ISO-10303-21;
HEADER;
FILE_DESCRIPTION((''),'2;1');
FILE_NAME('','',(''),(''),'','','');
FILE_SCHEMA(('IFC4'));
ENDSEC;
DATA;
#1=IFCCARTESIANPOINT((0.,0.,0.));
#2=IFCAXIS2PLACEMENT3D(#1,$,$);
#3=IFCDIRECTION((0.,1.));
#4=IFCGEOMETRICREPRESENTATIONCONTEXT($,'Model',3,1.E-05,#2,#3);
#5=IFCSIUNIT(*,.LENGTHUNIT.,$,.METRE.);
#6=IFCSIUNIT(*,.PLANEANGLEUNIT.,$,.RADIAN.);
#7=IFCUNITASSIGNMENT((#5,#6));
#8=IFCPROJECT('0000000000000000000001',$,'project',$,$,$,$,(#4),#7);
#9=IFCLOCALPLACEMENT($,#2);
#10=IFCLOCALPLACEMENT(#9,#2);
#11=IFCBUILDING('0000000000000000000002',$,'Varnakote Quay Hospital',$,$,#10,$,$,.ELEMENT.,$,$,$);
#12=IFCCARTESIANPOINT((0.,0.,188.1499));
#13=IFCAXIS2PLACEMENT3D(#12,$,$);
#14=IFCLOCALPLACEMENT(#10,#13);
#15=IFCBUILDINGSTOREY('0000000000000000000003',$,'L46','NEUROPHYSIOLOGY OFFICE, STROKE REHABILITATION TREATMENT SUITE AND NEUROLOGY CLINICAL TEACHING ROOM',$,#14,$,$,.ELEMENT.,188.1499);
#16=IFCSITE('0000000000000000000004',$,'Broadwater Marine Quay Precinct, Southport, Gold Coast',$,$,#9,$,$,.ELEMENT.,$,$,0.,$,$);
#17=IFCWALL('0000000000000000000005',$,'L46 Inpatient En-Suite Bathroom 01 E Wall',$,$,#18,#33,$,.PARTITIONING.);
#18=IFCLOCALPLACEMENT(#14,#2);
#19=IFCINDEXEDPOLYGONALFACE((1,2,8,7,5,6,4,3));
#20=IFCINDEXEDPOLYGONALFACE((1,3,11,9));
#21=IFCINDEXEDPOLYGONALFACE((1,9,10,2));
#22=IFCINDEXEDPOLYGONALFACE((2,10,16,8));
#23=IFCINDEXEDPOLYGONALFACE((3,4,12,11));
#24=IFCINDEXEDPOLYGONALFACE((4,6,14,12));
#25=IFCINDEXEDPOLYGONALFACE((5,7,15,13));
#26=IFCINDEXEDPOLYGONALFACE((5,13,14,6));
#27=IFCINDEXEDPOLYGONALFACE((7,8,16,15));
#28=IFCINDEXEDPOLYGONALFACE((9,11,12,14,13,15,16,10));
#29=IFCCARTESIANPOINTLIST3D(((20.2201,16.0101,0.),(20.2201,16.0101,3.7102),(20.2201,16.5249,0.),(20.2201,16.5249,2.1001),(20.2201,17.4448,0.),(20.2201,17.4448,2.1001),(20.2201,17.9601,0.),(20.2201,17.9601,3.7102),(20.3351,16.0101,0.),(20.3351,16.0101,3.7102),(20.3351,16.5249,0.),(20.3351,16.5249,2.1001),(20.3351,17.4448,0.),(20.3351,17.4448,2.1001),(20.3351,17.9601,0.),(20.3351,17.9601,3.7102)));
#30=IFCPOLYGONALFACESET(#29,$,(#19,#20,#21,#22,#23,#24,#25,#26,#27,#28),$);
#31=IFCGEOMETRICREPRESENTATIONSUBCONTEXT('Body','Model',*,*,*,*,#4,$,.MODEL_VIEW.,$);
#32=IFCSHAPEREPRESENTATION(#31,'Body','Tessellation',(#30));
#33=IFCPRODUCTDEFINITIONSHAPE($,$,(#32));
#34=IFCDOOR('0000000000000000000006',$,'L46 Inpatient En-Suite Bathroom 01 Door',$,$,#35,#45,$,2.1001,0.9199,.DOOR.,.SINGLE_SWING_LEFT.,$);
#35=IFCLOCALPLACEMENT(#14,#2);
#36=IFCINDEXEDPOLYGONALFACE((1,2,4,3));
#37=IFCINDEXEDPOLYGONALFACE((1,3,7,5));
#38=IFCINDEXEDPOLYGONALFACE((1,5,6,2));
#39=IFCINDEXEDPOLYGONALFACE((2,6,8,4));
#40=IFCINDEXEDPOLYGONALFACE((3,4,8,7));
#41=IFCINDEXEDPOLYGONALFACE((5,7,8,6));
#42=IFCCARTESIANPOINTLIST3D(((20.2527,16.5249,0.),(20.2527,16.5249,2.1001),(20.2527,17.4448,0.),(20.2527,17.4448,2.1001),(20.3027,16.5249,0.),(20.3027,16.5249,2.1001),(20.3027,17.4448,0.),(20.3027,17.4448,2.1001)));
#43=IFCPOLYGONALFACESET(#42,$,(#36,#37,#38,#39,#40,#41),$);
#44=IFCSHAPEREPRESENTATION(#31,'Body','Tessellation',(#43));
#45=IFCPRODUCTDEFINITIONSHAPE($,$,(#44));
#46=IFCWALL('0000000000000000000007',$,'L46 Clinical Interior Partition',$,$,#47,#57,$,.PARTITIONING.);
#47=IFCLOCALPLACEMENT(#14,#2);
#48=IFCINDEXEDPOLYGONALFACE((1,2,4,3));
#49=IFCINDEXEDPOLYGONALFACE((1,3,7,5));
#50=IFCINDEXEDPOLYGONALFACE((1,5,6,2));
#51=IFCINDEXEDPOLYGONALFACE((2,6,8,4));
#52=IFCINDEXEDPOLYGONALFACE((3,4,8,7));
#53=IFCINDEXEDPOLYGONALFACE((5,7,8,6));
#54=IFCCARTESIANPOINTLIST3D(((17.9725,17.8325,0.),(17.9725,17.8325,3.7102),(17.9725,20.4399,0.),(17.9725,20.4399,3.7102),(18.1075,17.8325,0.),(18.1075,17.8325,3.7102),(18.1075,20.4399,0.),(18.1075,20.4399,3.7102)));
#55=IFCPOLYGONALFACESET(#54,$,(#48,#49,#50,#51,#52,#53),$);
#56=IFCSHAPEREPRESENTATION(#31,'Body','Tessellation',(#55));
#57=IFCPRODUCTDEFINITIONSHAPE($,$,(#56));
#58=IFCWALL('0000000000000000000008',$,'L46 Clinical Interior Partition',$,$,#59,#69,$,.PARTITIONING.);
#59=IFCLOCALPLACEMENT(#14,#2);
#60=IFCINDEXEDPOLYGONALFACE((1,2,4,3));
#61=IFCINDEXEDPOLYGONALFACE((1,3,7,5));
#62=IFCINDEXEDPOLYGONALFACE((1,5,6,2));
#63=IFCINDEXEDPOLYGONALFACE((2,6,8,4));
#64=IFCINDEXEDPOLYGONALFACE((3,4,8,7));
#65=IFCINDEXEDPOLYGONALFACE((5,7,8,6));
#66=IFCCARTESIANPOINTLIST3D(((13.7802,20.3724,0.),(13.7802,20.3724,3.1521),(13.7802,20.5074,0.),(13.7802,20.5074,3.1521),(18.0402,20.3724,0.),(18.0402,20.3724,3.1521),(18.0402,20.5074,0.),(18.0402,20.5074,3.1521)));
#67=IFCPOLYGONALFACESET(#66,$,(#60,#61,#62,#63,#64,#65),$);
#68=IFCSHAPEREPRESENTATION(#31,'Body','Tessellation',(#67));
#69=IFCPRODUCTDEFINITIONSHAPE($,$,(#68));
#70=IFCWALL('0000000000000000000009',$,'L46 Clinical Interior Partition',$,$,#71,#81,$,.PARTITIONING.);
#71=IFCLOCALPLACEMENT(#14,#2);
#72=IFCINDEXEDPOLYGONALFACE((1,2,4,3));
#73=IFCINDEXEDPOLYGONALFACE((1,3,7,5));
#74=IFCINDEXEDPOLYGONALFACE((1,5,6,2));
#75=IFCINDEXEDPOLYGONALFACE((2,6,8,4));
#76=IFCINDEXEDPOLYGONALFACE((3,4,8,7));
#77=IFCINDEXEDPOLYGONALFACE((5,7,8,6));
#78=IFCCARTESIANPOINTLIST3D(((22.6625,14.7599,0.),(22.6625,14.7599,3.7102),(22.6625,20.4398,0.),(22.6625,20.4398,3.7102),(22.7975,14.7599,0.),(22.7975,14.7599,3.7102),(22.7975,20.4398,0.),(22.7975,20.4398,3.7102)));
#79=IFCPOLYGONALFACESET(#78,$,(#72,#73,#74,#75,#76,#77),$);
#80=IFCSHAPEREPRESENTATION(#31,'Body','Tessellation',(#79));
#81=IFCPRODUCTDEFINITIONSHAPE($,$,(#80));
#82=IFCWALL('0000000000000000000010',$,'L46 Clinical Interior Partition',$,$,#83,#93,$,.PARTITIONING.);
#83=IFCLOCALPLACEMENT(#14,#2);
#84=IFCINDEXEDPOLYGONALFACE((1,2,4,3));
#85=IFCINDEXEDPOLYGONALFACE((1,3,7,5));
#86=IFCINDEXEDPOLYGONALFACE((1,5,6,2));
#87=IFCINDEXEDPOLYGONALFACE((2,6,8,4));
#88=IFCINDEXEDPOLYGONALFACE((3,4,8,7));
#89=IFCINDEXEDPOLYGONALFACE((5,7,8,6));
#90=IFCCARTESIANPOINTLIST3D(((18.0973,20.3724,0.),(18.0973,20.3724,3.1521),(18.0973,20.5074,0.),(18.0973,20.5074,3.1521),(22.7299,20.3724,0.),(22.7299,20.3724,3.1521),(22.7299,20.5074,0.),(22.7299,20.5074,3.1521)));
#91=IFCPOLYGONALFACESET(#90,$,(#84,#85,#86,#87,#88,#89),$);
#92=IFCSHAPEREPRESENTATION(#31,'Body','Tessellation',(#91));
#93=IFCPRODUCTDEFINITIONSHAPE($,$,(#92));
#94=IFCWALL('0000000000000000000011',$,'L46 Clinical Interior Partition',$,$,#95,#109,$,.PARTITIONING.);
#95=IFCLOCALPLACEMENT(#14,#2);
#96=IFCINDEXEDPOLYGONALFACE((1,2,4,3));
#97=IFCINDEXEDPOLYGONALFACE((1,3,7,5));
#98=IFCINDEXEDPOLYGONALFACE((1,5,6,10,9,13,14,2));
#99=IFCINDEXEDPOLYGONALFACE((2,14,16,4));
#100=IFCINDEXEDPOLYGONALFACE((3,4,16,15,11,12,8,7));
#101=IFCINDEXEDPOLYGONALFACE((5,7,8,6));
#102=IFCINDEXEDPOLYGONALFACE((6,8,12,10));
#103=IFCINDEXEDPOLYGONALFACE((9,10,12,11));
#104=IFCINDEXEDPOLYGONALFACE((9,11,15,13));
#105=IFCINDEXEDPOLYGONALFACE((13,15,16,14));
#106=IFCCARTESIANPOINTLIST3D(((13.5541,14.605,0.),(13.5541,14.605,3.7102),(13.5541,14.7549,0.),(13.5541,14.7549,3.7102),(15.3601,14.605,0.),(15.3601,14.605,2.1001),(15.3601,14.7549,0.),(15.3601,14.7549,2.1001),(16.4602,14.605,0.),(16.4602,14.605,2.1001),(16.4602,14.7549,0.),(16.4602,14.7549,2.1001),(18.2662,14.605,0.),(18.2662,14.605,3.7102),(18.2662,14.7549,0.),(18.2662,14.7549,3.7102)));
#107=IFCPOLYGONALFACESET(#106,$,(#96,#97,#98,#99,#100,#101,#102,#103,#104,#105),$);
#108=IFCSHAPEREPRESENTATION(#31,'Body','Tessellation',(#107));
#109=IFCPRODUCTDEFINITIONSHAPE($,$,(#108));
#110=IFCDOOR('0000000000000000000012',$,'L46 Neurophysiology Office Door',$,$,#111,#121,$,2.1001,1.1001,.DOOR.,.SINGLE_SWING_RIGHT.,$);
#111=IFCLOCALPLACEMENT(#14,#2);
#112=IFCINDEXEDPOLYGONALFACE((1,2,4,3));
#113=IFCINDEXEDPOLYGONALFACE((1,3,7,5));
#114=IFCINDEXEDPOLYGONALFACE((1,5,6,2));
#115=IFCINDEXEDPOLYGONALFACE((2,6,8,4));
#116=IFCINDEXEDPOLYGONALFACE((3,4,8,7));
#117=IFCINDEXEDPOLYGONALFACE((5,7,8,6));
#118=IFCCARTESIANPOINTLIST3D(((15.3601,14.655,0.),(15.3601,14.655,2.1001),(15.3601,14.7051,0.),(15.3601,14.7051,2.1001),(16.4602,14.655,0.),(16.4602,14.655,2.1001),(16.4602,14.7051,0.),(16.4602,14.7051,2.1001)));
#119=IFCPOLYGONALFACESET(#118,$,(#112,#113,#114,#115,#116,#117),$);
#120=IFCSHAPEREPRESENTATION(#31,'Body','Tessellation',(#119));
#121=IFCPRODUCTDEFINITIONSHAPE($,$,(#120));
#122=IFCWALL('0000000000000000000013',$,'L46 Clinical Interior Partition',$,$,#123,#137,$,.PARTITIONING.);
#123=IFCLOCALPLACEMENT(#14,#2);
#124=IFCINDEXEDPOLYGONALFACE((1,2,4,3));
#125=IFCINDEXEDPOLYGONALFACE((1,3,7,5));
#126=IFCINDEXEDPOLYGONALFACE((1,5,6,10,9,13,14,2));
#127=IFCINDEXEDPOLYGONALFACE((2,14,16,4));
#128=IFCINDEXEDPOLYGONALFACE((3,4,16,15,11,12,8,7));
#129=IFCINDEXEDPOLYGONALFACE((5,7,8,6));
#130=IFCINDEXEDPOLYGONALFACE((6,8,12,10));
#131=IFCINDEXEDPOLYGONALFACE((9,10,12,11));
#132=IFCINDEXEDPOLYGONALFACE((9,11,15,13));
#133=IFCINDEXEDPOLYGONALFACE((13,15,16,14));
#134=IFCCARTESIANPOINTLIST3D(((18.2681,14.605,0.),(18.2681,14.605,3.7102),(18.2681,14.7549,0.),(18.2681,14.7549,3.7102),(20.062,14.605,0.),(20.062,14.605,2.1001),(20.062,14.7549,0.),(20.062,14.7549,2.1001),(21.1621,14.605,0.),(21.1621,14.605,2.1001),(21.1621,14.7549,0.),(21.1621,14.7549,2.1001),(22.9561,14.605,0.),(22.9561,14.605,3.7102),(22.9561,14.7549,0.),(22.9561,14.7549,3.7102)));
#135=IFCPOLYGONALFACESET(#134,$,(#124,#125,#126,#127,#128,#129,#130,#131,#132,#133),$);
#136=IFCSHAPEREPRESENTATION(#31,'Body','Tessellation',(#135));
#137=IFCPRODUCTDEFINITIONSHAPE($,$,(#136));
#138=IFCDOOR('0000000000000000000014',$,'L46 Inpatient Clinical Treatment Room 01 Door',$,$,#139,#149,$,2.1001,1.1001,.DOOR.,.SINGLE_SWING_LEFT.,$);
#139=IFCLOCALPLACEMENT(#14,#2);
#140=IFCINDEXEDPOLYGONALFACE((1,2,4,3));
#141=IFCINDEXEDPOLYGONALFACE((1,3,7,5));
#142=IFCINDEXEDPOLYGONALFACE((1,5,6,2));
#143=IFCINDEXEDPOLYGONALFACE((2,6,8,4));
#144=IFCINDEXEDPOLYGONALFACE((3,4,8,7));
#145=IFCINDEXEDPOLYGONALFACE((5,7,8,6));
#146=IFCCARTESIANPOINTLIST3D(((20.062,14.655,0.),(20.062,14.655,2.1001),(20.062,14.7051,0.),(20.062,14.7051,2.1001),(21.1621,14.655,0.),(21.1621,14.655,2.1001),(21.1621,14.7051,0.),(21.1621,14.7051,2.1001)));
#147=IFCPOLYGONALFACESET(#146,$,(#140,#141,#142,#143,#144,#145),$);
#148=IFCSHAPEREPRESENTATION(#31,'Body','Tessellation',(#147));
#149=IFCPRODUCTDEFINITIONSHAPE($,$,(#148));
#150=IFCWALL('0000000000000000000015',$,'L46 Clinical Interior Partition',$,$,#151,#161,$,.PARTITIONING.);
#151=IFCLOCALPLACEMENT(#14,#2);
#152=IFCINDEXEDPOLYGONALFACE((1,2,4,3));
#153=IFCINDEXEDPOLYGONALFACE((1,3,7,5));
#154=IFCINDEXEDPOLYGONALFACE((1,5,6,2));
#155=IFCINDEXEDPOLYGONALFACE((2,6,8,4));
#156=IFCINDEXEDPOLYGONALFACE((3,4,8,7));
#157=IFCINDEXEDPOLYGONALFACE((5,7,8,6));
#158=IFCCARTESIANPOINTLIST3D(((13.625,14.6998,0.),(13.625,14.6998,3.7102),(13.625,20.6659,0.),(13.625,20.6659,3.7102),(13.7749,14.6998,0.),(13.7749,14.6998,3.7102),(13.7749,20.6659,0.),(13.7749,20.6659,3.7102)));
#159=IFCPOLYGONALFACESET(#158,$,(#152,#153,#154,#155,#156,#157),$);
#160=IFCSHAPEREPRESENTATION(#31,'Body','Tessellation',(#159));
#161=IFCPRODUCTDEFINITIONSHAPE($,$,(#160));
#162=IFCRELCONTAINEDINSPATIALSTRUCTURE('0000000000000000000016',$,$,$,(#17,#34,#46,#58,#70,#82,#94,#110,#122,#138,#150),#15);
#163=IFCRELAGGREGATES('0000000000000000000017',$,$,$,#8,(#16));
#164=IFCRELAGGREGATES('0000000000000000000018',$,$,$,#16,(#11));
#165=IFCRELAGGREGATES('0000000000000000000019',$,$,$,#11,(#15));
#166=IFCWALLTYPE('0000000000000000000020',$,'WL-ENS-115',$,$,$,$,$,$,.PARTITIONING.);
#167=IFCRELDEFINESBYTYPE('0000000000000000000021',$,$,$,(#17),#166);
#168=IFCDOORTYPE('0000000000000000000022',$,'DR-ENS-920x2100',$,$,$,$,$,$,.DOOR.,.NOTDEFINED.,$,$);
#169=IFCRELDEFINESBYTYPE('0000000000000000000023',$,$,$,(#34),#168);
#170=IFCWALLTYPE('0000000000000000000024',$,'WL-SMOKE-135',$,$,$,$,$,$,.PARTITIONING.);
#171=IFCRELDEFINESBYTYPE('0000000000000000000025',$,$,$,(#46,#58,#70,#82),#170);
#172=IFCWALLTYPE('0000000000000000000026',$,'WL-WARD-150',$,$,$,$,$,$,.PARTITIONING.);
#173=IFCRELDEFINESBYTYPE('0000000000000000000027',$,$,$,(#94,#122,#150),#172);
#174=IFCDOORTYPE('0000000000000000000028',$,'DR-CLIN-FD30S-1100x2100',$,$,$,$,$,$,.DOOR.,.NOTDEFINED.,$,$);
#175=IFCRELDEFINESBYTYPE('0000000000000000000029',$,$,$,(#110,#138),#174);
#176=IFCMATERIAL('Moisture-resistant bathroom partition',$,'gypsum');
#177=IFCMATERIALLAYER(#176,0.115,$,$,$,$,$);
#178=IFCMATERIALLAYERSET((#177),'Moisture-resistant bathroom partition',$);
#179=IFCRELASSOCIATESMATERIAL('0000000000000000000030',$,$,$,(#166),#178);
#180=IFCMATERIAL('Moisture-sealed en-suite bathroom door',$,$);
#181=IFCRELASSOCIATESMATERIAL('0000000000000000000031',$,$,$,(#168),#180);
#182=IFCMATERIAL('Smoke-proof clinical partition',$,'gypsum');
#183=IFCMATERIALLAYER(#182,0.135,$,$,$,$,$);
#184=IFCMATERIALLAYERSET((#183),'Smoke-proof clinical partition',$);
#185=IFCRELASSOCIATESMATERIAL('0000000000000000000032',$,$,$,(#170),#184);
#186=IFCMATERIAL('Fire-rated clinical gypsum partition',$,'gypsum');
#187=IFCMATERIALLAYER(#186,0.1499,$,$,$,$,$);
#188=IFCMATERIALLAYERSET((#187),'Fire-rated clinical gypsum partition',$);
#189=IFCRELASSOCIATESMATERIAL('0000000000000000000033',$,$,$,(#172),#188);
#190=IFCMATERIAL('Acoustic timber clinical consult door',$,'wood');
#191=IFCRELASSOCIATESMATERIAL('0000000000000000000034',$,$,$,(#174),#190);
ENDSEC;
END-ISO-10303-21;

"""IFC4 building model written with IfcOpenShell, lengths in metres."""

from ifc_helpers import new_model, si_unit, direction, frame, frame_2d, origin, place, context, subcontext, project, spatial, rectangle, extrude, material, layer, layer_set, type_object, element, fill, save


model = new_model("IFC4")

# Units and contexts
model_context = context("Model", 3, precision=1e-05, world=origin(), true_north=direction((0.0, 1.0)))
body_context = subcontext(model_context, "Body", "Model", "MODEL_VIEW")
ifc_project = project(units=[si_unit("LENGTHUNIT", "METRE"), si_unit("PLANEANGLEUNIT", "RADIAN")], contexts=[model_context])

# Site, building, storey
site_placement = place(None, origin())
site = spatial("IfcSite", under=ifc_project, at=site_placement, Name="Broadwater Marine Quay Precinct, Southport, Gold Coast", CompositionType="ELEMENT", RefElevation=0.0)
building_placement = place(site_placement, origin())
building = spatial("IfcBuilding", under=site, at=building_placement, Name="Varnakote Quay Hospital", CompositionType="ELEMENT")
storey_placement = place(building_placement, frame((0.0, 0.0, 188.1499)))
storey = spatial("IfcBuildingStorey", under=building, at=storey_placement, Name="L46", Description="NEUROPHYSIOLOGY OFFICE, STROKE REHABILITATION TREATMENT SUITE AND NEUROLOGY CLINICAL TEACHING ROOM", CompositionType="ELEMENT", Elevation=188.1499)

# Shared definitions
ifc_material_1 = material(Name="Moisture-resistant bathroom partition", Category="gypsum")
ifc_layer_1 = layer(ifc_material_1, 0.115)
ifc_layer_set_1 = layer_set([ifc_layer_1], Name="Moisture-resistant bathroom partition")
wall_type_1 = type_object("IfcWallType", Name="WL-ENS-115", PredefinedType="PARTITIONING", material=ifc_layer_set_1)

# Wall, opening, door
wall_1_placement = place(storey_placement, frame((20.2776, 16.01, 0.0), z_axis=(0.0, 0.0, 1.0), x_axis=(0.0, 1.0, 0.0)))
wall_1 = element("IfcWall", 1, at=wall_1_placement, inside=storey, type_object=wall_type_1, Name="L46 Inpatient En-Suite Bathroom 01 E Wall", PredefinedType="PARTITIONING", context=body_context, shape_type="SweptSolid", body=[
    extrude(rectangle(XDim=1.95, YDim=0.115, at=frame_2d((0.9751, 0.0))), origin(), (0.0, 0.0, 1.0), 3.7102),
])
opening_1_placement = place(wall_1_placement, frame((0.5149, 0.0, 0.0)))
opening_1 = element("IfcOpeningElement", 2, at=opening_1_placement, cuts=wall_1, PredefinedType="OPENING", context=body_context, shape_type="SweptSolid", body=[
    extrude(rectangle(XDim=0.9199, YDim=2.1001, at=frame_2d((0.46, 1.05))), frame((0.0, 0.0674, 0.0), z_axis=(0.0, -1.0, 0.0), x_axis=(1.0, 0.0, 0.0)), (0.0, 0.0, 1.0), 0.135),
])
ifc_material_2 = material(Name="Moisture-sealed en-suite bathroom door")
door_type_1 = type_object("IfcDoorType", Name="DR-ENS-920x2100", OperationType="NOTDEFINED", PredefinedType="DOOR", material=ifc_material_2)
door_1_placement = place(opening_1_placement, origin())
door_1 = element("IfcDoor", 3, at=door_1_placement, inside=storey, type_object=door_type_1, Name="L46 Inpatient En-Suite Bathroom 01 Door", OperationType="SINGLE_SWING_LEFT", OverallHeight=2.1001, OverallWidth=0.9199, PredefinedType="DOOR", context=body_context, shape_type="SweptSolid", body=[
    extrude(rectangle(XDim=0.9199, YDim=2.1001, at=frame_2d((0.46, 1.05))), frame((0.0, 0.0249, 0.0), z_axis=(0.0, -1.0, 0.0), x_axis=(1.0, 0.0, 0.0)), (0.0, 0.0, 1.0), 0.05),
])
fill(opening_1, door_1)

# Walls
ifc_material_3 = material(Name="Smoke-proof clinical partition", Category="gypsum")
ifc_layer_2 = layer(ifc_material_3, 0.135)
ifc_layer_set_2 = layer_set([ifc_layer_2], Name="Smoke-proof clinical partition")
wall_type_2 = type_object("IfcWallType", Name="WL-SMOKE-135", PredefinedType="PARTITIONING", material=ifc_layer_set_2)
wall_2_placement = place(storey_placement, frame((18.04, 17.8325, 0.0), z_axis=(0.0, 0.0, 1.0), x_axis=(0.0, 1.0, 0.0)))
element("IfcWall", 4, at=wall_2_placement, inside=storey, type_object=wall_type_2, Name="L46 Clinical Interior Partition", PredefinedType="PARTITIONING", context=body_context, shape_type="SweptSolid", body=[
    extrude(rectangle(XDim=2.6074, YDim=0.135, at=frame_2d((1.3037, 0.0))), origin(), (0.0, 0.0, 1.0), 3.7102),
])
wall_3_placement = place(storey_placement, frame((18.04, 20.4399, 0.0), z_axis=(0.0, 0.0, 1.0), x_axis=(-1.0, 0.0, 0.0)))
element("IfcWall", 5, at=wall_3_placement, inside=storey, type_object=wall_type_2, Name="L46 Clinical Interior Partition", PredefinedType="PARTITIONING", context=body_context, shape_type="SweptSolid", body=[
    extrude(rectangle(XDim=4.26, YDim=0.135, at=frame_2d((2.1299, 0.0))), origin(), (0.0, 0.0, 1.0), 3.1521),
])
wall_4_placement = place(storey_placement, frame((22.73, 14.76, 0.0), z_axis=(0.0, 0.0, 1.0), x_axis=(0.0, 1.0, 0.0)))
element("IfcWall", 6, at=wall_4_placement, inside=storey, type_object=wall_type_2, Name="L46 Clinical Interior Partition", PredefinedType="PARTITIONING", context=body_context, shape_type="SweptSolid", body=[
    extrude(rectangle(XDim=5.6799, YDim=0.135, at=frame_2d((2.8398, 0.0))), origin(), (0.0, 0.0, 1.0), 3.7102),
])
wall_5_placement = place(storey_placement, frame((22.73, 20.4399, 0.0), z_axis=(0.0, 0.0, 1.0), x_axis=(-1.0, 0.0, 0.0)))
element("IfcWall", 7, at=wall_5_placement, inside=storey, type_object=wall_type_2, Name="L46 Clinical Interior Partition", PredefinedType="PARTITIONING", context=body_context, shape_type="SweptSolid", body=[
    extrude(rectangle(XDim=4.6326, YDim=0.135, at=frame_2d((2.3164, 0.0))), origin(), (0.0, 0.0, 1.0), 3.1521),
])

# Walls, openings, doors
ifc_material_4 = material(Name="Fire-rated clinical gypsum partition", Category="gypsum")
ifc_layer_3 = layer(ifc_material_4, 0.1499)
ifc_layer_set_3 = layer_set([ifc_layer_3], Name="Fire-rated clinical gypsum partition")
wall_type_3 = type_object("IfcWallType", Name="WL-WARD-150", PredefinedType="PARTITIONING", material=ifc_layer_set_3)
wall_6_placement = place(storey_placement, frame((18.2661, 14.6799, 0.0), z_axis=(0.0, 0.0, 1.0), x_axis=(-1.0, 0.0, 0.0)))
wall_6 = element("IfcWall", 8, at=wall_6_placement, inside=storey, type_object=wall_type_3, Name="L46 Clinical Interior Partition", PredefinedType="PARTITIONING", context=body_context, shape_type="SweptSolid", body=[
    extrude(rectangle(XDim=4.7122, YDim=0.1499, at=frame_2d((2.356, 0.0))), origin(), (0.0, 0.0, 1.0), 3.7102),
])
opening_2_placement = place(wall_6_placement, frame((1.8059, 0.0, 0.0)))
opening_2 = element("IfcOpeningElement", 9, at=opening_2_placement, cuts=wall_6, PredefinedType="OPENING", context=body_context, shape_type="SweptSolid", body=[
    extrude(rectangle(XDim=1.1001, YDim=2.1001, at=frame_2d((0.55, 1.05))), frame((0.0, 0.085, 0.0), z_axis=(0.0, -1.0, 0.0), x_axis=(1.0, 0.0, 0.0)), (0.0, 0.0, 1.0), 0.1699),
])
ifc_material_5 = material(Name="Acoustic timber clinical consult door", Category="wood")
door_type_2 = type_object("IfcDoorType", Name="DR-CLIN-FD30S-1100x2100", OperationType="NOTDEFINED", PredefinedType="DOOR", material=ifc_material_5)
door_2_placement = place(opening_2_placement, origin())
door_2 = element("IfcDoor", 10, at=door_2_placement, inside=storey, type_object=door_type_2, Name="L46 Neurophysiology Office Door", OperationType="SINGLE_SWING_RIGHT", OverallHeight=2.1001, OverallWidth=1.1001, PredefinedType="DOOR", context=body_context, shape_type="SweptSolid", body=[
    extrude(rectangle(XDim=1.1001, YDim=2.1001, at=frame_2d((0.55, 1.05))), frame((0.0, 0.0249, 0.0), z_axis=(0.0, -1.0, 0.0), x_axis=(1.0, 0.0, 0.0)), (0.0, 0.0, 1.0), 0.05),
])
fill(opening_2, door_2)
wall_7_placement = place(storey_placement, frame((22.9561, 14.6799, 0.0), z_axis=(0.0, 0.0, 1.0), x_axis=(-1.0, 0.0, 0.0)))
wall_7 = element("IfcWall", 11, at=wall_7_placement, inside=storey, type_object=wall_type_3, Name="L46 Clinical Interior Partition", PredefinedType="PARTITIONING", context=body_context, shape_type="SweptSolid", body=[
    extrude(rectangle(XDim=4.688, YDim=0.1499, at=frame_2d((2.344, 0.0))), origin(), (0.0, 0.0, 1.0), 3.7102),
])
opening_3_placement = place(wall_7_placement, frame((1.7939, 0.0, 0.0)))
opening_3 = element("IfcOpeningElement", 12, at=opening_3_placement, cuts=wall_7, PredefinedType="OPENING", context=body_context, shape_type="SweptSolid", body=[
    extrude(rectangle(XDim=1.1001, YDim=2.1001, at=frame_2d((0.55, 1.05))), frame((0.0, 0.085, 0.0), z_axis=(0.0, -1.0, 0.0), x_axis=(1.0, 0.0, 0.0)), (0.0, 0.0, 1.0), 0.1699),
])
door_3_placement = place(opening_3_placement, origin())
door_3 = element("IfcDoor", 13, at=door_3_placement, inside=storey, type_object=door_type_2, Name="L46 Inpatient Clinical Treatment Room 01 Door", OperationType="SINGLE_SWING_LEFT", OverallHeight=2.1001, OverallWidth=1.1001, PredefinedType="DOOR", context=body_context, shape_type="SweptSolid", body=[
    extrude(rectangle(XDim=1.1001, YDim=2.1001, at=frame_2d((0.55, 1.05))), frame((0.0, 0.0249, 0.0), z_axis=(0.0, -1.0, 0.0), x_axis=(1.0, 0.0, 0.0)), (0.0, 0.0, 1.0), 0.05),
])
fill(opening_3, door_3)

# Wall
wall_8_placement = place(storey_placement, frame((13.7, 14.7, 0.0), z_axis=(0.0, 0.0, 1.0), x_axis=(0.0, 1.0, 0.0)))
element("IfcWall", 14, at=wall_8_placement, inside=storey, type_object=wall_type_3, Name="L46 Clinical Interior Partition", PredefinedType="PARTITIONING", context=body_context, shape_type="SweptSolid", body=[
    extrude(rectangle(XDim=5.9661, YDim=0.1499, at=frame_2d((2.9829, 0.0))), origin(), (0.0, 0.0, 1.0), 3.7102),
])

save(model, "model.ifc")
